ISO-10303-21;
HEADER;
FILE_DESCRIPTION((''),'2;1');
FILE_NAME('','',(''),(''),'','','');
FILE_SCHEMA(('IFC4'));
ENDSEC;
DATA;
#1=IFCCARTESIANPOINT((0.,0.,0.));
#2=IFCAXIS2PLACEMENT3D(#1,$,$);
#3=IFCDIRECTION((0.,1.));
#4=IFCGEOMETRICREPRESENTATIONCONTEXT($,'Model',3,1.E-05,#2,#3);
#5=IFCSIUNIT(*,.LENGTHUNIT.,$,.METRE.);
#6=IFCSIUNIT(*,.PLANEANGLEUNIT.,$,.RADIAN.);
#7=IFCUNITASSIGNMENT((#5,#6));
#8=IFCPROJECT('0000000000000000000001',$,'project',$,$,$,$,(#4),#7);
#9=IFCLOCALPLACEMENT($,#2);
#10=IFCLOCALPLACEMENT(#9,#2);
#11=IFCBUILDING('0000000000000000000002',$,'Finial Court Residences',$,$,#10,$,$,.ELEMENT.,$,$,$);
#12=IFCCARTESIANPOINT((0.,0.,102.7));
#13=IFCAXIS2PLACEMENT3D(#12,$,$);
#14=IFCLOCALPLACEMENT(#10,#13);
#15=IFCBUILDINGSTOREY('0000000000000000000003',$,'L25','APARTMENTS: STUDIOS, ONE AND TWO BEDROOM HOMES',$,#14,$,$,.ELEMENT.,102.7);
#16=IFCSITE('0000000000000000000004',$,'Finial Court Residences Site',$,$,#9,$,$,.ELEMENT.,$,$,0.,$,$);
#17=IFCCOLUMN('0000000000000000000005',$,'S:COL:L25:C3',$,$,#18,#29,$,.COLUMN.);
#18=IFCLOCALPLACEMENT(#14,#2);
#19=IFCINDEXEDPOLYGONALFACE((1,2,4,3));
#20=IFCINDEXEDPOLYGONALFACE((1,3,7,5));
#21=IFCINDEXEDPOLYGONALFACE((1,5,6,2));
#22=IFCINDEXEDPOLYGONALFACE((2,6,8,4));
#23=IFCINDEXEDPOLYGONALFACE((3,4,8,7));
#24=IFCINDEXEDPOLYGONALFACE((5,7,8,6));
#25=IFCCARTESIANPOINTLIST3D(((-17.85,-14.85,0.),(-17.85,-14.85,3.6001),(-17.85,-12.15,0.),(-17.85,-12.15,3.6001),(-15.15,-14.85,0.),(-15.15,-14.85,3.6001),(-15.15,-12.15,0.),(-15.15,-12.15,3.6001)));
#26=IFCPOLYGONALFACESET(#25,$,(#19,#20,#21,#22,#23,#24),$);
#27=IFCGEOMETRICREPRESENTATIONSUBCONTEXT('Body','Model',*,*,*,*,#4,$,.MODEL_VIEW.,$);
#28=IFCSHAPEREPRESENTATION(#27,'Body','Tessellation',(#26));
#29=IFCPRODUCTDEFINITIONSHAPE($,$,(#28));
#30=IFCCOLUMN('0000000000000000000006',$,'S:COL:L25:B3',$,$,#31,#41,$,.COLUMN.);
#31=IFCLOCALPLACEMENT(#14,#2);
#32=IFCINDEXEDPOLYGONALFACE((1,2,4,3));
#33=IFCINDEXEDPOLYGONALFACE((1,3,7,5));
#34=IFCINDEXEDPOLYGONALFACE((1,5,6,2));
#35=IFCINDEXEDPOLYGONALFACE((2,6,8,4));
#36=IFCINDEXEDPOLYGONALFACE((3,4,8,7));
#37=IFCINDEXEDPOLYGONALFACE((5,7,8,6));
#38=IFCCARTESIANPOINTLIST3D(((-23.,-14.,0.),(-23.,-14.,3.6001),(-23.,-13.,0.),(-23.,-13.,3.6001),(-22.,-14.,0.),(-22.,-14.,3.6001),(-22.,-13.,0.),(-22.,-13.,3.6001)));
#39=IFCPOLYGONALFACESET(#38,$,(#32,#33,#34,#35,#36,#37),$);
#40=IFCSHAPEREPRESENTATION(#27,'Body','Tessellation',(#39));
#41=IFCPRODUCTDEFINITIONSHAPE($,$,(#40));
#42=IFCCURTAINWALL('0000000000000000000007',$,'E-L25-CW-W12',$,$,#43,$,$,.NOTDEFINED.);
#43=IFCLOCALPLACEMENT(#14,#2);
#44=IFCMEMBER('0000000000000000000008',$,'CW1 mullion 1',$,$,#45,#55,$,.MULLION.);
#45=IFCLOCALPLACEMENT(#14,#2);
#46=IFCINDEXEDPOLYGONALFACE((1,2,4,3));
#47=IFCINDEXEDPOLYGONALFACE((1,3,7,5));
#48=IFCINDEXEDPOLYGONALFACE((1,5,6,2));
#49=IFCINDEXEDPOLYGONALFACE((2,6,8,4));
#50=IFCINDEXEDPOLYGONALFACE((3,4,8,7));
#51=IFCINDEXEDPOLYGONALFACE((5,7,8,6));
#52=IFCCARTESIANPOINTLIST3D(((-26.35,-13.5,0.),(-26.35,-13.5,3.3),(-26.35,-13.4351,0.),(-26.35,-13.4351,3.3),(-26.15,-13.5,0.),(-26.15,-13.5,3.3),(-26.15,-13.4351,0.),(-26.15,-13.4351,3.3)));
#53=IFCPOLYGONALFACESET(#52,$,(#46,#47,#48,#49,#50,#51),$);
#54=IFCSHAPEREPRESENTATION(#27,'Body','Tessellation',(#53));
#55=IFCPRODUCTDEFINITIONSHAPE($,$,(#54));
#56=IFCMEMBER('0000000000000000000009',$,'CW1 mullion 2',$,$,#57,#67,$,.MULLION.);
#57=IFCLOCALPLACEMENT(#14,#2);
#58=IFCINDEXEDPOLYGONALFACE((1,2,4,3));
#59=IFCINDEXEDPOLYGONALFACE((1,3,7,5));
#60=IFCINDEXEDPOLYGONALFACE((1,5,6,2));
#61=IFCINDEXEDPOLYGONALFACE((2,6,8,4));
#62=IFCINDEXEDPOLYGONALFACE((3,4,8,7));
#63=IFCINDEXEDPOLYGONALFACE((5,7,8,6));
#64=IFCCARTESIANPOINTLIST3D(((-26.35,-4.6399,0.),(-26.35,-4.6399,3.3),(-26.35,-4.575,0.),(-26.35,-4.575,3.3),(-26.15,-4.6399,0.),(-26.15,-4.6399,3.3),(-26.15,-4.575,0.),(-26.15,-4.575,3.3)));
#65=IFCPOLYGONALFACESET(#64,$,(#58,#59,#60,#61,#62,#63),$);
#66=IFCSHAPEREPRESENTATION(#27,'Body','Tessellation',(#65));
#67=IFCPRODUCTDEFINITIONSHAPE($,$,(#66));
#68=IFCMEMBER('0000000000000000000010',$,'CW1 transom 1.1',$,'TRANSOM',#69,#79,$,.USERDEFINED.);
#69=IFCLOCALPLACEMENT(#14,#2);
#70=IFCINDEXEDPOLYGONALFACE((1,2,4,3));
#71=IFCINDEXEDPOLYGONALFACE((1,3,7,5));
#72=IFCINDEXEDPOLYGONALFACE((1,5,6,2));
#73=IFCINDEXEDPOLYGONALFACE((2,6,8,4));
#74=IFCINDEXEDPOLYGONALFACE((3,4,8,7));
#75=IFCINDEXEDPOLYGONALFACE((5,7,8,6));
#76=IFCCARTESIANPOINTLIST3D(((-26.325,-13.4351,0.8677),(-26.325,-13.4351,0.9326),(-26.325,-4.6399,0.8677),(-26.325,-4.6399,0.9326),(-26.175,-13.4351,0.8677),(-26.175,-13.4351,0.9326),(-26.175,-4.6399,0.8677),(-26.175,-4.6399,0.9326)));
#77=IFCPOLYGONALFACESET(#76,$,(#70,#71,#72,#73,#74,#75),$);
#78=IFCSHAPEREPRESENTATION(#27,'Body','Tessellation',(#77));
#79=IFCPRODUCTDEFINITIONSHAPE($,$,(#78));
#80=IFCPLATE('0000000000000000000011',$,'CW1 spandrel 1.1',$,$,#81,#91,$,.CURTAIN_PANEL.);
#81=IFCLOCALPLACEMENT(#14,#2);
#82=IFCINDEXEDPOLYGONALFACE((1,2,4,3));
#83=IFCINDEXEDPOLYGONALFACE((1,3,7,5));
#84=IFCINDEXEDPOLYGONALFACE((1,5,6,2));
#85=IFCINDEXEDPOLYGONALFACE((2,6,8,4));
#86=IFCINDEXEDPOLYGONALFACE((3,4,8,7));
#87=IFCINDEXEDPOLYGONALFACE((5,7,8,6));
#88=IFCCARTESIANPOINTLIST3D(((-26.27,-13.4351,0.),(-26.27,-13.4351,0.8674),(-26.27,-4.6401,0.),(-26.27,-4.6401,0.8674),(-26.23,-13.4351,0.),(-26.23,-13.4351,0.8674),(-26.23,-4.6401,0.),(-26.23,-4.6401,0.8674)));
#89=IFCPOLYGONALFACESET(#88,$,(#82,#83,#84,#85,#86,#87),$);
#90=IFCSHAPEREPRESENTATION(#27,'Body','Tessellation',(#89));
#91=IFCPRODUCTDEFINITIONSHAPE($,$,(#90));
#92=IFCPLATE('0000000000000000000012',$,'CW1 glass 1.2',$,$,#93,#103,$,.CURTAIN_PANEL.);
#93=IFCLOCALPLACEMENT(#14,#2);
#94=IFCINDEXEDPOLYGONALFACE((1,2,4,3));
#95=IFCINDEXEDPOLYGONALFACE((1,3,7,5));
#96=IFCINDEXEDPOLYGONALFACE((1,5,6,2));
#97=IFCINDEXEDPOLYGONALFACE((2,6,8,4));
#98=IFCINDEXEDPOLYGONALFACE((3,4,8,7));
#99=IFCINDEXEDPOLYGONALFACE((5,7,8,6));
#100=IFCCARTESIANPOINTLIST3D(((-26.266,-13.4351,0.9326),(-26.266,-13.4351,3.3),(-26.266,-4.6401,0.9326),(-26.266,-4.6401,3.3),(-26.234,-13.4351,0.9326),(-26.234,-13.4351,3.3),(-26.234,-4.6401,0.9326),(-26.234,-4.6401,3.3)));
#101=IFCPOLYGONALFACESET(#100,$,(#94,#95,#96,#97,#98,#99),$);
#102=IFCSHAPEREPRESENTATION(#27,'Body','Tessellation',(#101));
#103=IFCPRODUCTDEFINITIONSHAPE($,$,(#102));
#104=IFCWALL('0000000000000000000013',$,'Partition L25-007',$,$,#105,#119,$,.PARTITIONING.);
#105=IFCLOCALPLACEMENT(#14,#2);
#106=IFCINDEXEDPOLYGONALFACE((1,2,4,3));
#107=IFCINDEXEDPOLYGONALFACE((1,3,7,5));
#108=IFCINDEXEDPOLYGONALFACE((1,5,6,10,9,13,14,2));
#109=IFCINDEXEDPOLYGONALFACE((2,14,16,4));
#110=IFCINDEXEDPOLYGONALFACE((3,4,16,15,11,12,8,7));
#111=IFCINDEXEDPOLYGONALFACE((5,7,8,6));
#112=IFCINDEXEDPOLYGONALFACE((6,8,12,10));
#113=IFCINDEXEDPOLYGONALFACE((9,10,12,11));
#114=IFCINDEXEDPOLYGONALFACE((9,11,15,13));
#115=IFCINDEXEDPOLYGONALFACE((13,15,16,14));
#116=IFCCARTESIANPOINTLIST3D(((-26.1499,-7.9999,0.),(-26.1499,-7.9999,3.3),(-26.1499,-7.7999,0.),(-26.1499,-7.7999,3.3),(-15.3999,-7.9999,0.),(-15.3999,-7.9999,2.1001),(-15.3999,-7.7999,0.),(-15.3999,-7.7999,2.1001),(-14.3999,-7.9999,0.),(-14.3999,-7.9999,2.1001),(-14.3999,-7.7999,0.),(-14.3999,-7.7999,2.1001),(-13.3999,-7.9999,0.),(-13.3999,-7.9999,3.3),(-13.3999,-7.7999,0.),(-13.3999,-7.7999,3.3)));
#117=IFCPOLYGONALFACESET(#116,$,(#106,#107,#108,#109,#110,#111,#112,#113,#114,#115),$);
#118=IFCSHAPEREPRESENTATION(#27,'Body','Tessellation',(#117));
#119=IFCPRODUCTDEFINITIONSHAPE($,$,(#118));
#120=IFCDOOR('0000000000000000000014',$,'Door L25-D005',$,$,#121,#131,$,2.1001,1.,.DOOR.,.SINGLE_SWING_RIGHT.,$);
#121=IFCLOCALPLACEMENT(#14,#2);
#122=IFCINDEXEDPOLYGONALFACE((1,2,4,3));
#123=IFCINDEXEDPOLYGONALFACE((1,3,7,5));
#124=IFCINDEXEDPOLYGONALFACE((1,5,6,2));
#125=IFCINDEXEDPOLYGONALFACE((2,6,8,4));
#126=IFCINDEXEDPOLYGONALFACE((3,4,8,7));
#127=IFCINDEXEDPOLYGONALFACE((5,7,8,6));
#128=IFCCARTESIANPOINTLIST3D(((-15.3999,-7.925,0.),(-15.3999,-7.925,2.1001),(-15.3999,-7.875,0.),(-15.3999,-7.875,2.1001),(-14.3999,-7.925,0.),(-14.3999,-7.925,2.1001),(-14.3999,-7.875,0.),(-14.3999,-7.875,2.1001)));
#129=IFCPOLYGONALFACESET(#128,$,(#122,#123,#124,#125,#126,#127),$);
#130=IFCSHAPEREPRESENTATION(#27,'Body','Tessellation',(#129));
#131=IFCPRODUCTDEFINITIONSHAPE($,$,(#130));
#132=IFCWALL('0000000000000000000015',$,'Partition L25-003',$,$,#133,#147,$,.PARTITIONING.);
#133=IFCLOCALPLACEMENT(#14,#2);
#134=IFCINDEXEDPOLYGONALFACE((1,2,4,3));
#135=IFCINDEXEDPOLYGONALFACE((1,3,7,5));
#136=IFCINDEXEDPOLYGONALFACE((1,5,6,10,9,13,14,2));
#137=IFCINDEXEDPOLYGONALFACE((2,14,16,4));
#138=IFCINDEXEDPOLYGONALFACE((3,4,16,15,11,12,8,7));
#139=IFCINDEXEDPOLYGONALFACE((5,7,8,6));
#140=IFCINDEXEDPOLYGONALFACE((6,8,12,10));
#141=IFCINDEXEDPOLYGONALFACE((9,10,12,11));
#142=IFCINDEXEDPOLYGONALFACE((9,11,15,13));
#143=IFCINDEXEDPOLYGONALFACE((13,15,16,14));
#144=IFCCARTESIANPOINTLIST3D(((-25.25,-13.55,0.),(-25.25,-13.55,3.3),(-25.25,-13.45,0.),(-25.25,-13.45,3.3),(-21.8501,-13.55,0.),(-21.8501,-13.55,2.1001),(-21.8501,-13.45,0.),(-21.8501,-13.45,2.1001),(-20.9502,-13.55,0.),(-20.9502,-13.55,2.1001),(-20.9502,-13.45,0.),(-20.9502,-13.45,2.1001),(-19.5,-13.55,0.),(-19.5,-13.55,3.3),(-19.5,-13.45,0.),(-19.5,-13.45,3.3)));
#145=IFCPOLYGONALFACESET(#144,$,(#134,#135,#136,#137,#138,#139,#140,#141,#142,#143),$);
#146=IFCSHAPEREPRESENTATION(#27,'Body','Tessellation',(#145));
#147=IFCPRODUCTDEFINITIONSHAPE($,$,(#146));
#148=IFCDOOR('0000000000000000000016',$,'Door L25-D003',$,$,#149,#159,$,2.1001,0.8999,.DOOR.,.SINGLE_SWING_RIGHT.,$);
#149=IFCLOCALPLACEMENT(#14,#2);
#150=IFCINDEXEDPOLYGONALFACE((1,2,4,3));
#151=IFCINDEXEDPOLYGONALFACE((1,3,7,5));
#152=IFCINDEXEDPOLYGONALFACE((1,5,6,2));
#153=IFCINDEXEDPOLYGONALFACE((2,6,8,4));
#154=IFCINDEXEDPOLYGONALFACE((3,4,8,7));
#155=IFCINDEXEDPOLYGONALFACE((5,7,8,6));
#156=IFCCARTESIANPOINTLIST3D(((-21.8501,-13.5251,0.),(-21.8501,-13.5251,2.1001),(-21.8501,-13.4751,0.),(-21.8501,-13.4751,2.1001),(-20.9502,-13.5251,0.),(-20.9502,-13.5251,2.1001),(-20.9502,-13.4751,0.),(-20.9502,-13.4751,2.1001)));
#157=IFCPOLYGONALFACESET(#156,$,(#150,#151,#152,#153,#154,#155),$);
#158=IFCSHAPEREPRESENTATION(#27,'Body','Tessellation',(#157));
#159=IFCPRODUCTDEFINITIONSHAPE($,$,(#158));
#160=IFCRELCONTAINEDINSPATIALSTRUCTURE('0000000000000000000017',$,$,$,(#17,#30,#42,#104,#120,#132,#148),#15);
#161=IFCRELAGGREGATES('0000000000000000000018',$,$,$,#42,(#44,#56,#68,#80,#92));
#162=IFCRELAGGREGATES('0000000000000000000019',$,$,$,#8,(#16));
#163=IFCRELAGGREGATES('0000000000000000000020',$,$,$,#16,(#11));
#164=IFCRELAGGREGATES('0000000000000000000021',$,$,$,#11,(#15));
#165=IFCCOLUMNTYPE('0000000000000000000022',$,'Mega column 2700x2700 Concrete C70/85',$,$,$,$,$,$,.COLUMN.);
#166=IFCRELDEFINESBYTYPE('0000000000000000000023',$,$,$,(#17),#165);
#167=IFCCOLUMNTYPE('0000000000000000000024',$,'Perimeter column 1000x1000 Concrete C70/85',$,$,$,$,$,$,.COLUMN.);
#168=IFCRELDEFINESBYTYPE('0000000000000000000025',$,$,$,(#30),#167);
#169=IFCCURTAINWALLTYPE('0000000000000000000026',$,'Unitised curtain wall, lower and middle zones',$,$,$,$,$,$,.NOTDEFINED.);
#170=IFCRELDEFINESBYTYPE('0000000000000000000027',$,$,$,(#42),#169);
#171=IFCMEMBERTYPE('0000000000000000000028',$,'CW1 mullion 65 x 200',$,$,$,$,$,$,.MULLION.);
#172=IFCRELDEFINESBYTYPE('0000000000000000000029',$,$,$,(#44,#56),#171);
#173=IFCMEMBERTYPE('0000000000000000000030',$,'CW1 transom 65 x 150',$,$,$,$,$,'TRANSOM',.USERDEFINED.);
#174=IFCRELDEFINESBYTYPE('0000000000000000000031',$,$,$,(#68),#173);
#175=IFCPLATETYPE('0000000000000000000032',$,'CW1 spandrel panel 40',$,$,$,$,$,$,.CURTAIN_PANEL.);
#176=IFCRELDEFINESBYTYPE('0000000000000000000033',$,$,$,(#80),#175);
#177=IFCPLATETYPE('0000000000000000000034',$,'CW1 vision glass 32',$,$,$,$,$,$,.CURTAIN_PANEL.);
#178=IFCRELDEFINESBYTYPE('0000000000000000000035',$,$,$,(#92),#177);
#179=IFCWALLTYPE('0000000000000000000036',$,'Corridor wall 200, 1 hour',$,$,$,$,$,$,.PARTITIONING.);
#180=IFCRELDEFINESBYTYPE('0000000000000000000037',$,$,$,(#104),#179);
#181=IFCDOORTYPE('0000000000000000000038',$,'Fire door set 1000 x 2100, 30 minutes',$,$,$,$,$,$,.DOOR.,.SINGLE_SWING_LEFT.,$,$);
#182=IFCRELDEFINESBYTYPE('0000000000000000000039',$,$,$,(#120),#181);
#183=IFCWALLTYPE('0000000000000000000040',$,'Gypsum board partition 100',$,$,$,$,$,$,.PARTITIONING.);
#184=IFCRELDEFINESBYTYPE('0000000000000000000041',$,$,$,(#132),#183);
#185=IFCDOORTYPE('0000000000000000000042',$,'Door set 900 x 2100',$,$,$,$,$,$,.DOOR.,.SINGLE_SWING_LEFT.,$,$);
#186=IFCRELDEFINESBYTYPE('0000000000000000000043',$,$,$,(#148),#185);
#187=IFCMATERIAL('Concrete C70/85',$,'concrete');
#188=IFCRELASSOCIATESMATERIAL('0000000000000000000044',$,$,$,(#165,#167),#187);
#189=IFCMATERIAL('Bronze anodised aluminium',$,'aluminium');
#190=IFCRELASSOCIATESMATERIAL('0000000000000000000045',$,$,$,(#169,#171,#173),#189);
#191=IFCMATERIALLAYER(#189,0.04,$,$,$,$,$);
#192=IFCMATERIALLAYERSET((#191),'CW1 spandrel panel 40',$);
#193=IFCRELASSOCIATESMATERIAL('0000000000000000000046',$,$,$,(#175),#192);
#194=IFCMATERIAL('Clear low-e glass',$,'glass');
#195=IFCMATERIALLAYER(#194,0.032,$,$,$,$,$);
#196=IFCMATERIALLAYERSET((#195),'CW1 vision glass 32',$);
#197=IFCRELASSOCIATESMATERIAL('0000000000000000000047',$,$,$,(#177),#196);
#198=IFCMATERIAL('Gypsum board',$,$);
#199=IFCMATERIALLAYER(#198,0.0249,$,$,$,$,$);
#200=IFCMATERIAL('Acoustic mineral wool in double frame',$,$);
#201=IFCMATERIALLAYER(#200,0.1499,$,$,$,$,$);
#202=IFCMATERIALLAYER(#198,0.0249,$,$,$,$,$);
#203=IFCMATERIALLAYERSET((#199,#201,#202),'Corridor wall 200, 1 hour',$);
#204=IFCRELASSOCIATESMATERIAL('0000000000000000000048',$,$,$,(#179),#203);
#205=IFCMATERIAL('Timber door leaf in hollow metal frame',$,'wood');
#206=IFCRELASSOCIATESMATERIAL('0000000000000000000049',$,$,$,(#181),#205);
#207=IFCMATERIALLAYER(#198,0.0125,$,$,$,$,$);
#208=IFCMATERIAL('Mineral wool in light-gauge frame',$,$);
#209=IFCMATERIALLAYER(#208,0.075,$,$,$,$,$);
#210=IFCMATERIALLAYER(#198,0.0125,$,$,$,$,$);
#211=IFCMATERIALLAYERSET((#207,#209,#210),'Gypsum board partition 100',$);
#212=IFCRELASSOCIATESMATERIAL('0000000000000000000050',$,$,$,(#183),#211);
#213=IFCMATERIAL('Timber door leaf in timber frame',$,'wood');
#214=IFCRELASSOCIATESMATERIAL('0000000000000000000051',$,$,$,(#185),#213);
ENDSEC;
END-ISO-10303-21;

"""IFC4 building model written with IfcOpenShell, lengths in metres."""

from ifc_helpers import new_model, si_unit, direction, frame, frame_2d, origin, origin_2d, place, context, subcontext, project, spatial, rectangle, extrude, material, layer, layer_set, material_profile, profile_set, type_object, element, fill, aggregate, save


model = new_model("IFC4")

# Units and contexts
model_context = context("Model", 3, precision=1e-05, world=origin(), true_north=direction((0.0, 1.0)))
body_context = subcontext(model_context, "Body", "Model", "MODEL_VIEW")
ifc_project = project(units=[si_unit("LENGTHUNIT", "METRE"), si_unit("PLANEANGLEUNIT", "RADIAN")], contexts=[model_context])

# Site, building, storey
site_placement = place(None, origin())
site = spatial("IfcSite", under=ifc_project, at=site_placement, Name="Finial Court Residences Site", CompositionType="ELEMENT", RefElevation=0.0)
building_placement = place(site_placement, origin())
building = spatial("IfcBuilding", under=site, at=building_placement, Name="Finial Court Residences", CompositionType="ELEMENT")
storey_placement = place(building_placement, frame((0.0, 0.0, 102.7)))
storey = spatial("IfcBuildingStorey", under=building, at=storey_placement, Name="L25", Description="APARTMENTS: STUDIOS, ONE AND TWO BEDROOM HOMES", CompositionType="ELEMENT", Elevation=102.7)

# Columns
ifc_material_1 = material(Name="Concrete C70/85", Category="concrete")
ifc_material_profile_1 = material_profile(ifc_material_1, rectangle(XDim=2.7, YDim=2.7, at=origin_2d()), Name="2700x2700")
ifc_profile_set_1 = profile_set([ifc_material_profile_1], Name="Concrete C70/85")
column_type_1 = type_object("IfcColumnType", Name="Mega column 2700x2700 Concrete C70/85", PredefinedType="COLUMN", material=ifc_profile_set_1)
column_1_placement = place(storey_placement, frame((-16.5, -13.5, 0.0), z_axis=(0.0, 0.0, 1.0), x_axis=(1.0, 0.0, 0.0)))
element("IfcColumn", 1, at=column_1_placement, inside=storey, type_object=column_type_1, Name="S:COL:L25:C3", PredefinedType="COLUMN", context=body_context, shape_type="SweptSolid", body=[
    extrude(rectangle(XDim=2.7, YDim=2.7, at=origin_2d()), origin(), (0.0, 0.0, 1.0), 3.6001),
])
ifc_material_profile_2 = material_profile(ifc_material_1, rectangle(XDim=1.0, YDim=1.0, at=origin_2d()), Name="1000x1000")
ifc_profile_set_2 = profile_set([ifc_material_profile_2], Name="Concrete C70/85")
column_type_2 = type_object("IfcColumnType", Name="Perimeter column 1000x1000 Concrete C70/85", PredefinedType="COLUMN", material=ifc_profile_set_2)
column_2_placement = place(storey_placement, frame((-22.5, -13.5, 0.0), z_axis=(0.0, 0.0, 1.0), x_axis=(1.0, 0.0, 0.0)))
element("IfcColumn", 2, at=column_2_placement, inside=storey, type_object=column_type_2, Name="S:COL:L25:B3", PredefinedType="COLUMN", context=body_context, shape_type="SweptSolid", body=[
    extrude(rectangle(XDim=1.0, YDim=1.0, at=origin_2d()), origin(), (0.0, 0.0, 1.0), 3.6001),
])

# Curtain wall, members, plates
ifc_material_2 = material(Name="Bronze anodised aluminium", Category="aluminium")
curtain_wall_type = type_object("IfcCurtainWallType", Name="Unitised curtain wall, lower and middle zones", PredefinedType="NOTDEFINED", material=ifc_material_2)
curtain_wall_placement = place(storey_placement, origin())
curtain_wall = element("IfcCurtainWall", 3, at=curtain_wall_placement, inside=storey, type_object=curtain_wall_type, Name="E-L25-CW-W12", PredefinedType="NOTDEFINED")
ifc_material_profile_3 = material_profile(ifc_material_2, rectangle(XDim=0.2, YDim=0.0649, at=origin_2d()), Name="CW1 mullion 65 x 200")
ifc_profile_set_3 = profile_set([ifc_material_profile_3], Name="Bronze anodised aluminium")
member_type_1 = type_object("IfcMemberType", Name="CW1 mullion 65 x 200", PredefinedType="MULLION", material=ifc_profile_set_3)
member_1_placement = place(storey_placement, frame((-26.25, -13.4675, 0.0), z_axis=(0.0, 0.0, 1.0), x_axis=(-1.0, 0.0, 0.0)))
member_1 = element("IfcMember", 4, at=member_1_placement, type_object=member_type_1, Name="CW1 mullion 1", PredefinedType="MULLION", context=body_context, shape_type="SweptSolid", body=[
    extrude(rectangle(XDim=0.2, YDim=0.0649, at=origin_2d()), origin(), (0.0, 0.0, 1.0), 3.3),
])
member_2_placement = place(storey_placement, frame((-26.25, -4.6074, 0.0), z_axis=(0.0, 0.0, 1.0), x_axis=(-1.0, 0.0, 0.0)))
member_2 = element("IfcMember", 5, at=member_2_placement, type_object=member_type_1, Name="CW1 mullion 2", PredefinedType="MULLION", context=body_context, shape_type="SweptSolid", body=[
    extrude(rectangle(XDim=0.2, YDim=0.0649, at=origin_2d()), origin(), (0.0, 0.0, 1.0), 3.3),
])
ifc_material_profile_4 = material_profile(ifc_material_2, rectangle(XDim=0.1499, YDim=0.0649, at=origin_2d()), Name="CW1 transom 65 x 150")
ifc_profile_set_4 = profile_set([ifc_material_profile_4], Name="Bronze anodised aluminium")
member_type_2 = type_object("IfcMemberType", Name="CW1 transom 65 x 150", ElementType="TRANSOM", PredefinedType="USERDEFINED", material=ifc_profile_set_4)
member_3_placement = place(storey_placement, frame((-26.25, -13.4351, 0.9001), z_axis=(0.0, 1.0, 0.0), x_axis=(-1.0, 0.0, 0.0)))
member_3 = element("IfcMember", 6, at=member_3_placement, type_object=member_type_2, Name="CW1 transom 1.1", ObjectType="TRANSOM", PredefinedType="USERDEFINED", context=body_context, shape_type="SweptSolid", body=[
    extrude(rectangle(XDim=0.1499, YDim=0.0649, at=origin_2d()), origin(), (0.0, 0.0, 1.0), 8.7952),
])
ifc_layer_1 = layer(ifc_material_2, 0.04)
ifc_layer_set_1 = layer_set([ifc_layer_1], Name="CW1 spandrel panel 40")
plate_type_1 = type_object("IfcPlateType", Name="CW1 spandrel panel 40", PredefinedType="CURTAIN_PANEL", material=ifc_layer_set_1)
plate_1_placement = place(storey_placement, frame((-26.25, -9.0376, 0.0), z_axis=(0.0, 0.0, 1.0), x_axis=(0.0, 1.0, 0.0)))
plate_1 = element("IfcPlate", 7, at=plate_1_placement, type_object=plate_type_1, Name="CW1 spandrel 1.1", PredefinedType="CURTAIN_PANEL", context=body_context, shape_type="SweptSolid", body=[
    extrude(rectangle(XDim=8.7949, YDim=0.04, at=origin_2d()), origin(), (0.0, 0.0, 1.0), 0.8674),
])
ifc_material_3 = material(Name="Clear low-e glass", Category="glass")
ifc_layer_2 = layer(ifc_material_3, 0.032)
ifc_layer_set_2 = layer_set([ifc_layer_2], Name="CW1 vision glass 32")
plate_type_2 = type_object("IfcPlateType", Name="CW1 vision glass 32", PredefinedType="CURTAIN_PANEL", material=ifc_layer_set_2)
plate_2_placement = place(storey_placement, frame((-26.25, -9.0376, 0.9326), z_axis=(0.0, 0.0, 1.0), x_axis=(0.0, 1.0, 0.0)))
plate_2 = element("IfcPlate", 8, at=plate_2_placement, type_object=plate_type_2, Name="CW1 glass 1.2", PredefinedType="CURTAIN_PANEL", context=body_context, shape_type="SweptSolid", body=[
    extrude(rectangle(XDim=8.7949, YDim=0.032, at=origin_2d()), origin(), (0.0, 0.0, 1.0), 2.3674),
])
aggregate(curtain_wall, [member_1, member_2, member_3, plate_1, plate_2])

# Walls, openings, doors
ifc_material_4 = material(Name="Gypsum board")
ifc_layer_3 = layer(ifc_material_4, 0.0249)
ifc_material_5 = material(Name="Acoustic mineral wool in double frame")
ifc_layer_4 = layer(ifc_material_5, 0.1499)
ifc_layer_5 = layer(ifc_material_4, 0.0249)
ifc_layer_set_3 = layer_set([ifc_layer_3, ifc_layer_4, ifc_layer_5], Name="Corridor wall 200, 1 hour")
wall_type_1 = type_object("IfcWallType", Name="Corridor wall 200, 1 hour", PredefinedType="PARTITIONING", material=ifc_layer_set_3)
wall_1_placement = place(storey_placement, frame((-26.1499, -7.8999, 0.0), z_axis=(0.0, 0.0, 1.0), x_axis=(1.0, 0.0, 0.0)))
wall_1 = element("IfcWall", 9, at=wall_1_placement, inside=storey, type_object=wall_type_1, Name="Partition L25-007", PredefinedType="PARTITIONING", context=body_context, shape_type="SweptSolid", body=[
    extrude(rectangle(XDim=12.75, YDim=0.2, at=frame_2d((6.375, 0.0))), origin(), (0.0, 0.0, 1.0), 3.3),
])
opening_1_placement = place(wall_1_placement, frame((10.75, 0.0, 0.0)))
opening_1 = element("IfcOpeningElement", 10, at=opening_1_placement, cuts=wall_1, PredefinedType="OPENING", context=body_context, shape_type="SweptSolid", body=[
    extrude(rectangle(XDim=1.0, YDim=2.1001, at=frame_2d((0.5, 1.05))), frame((0.0, 0.1099, 0.0), z_axis=(0.0, -1.0, 0.0), x_axis=(1.0, 0.0, 0.0)), (0.0, 0.0, 1.0), 0.22),
])
ifc_material_6 = material(Name="Timber door leaf in hollow metal frame", Category="wood")
door_type_1 = type_object("IfcDoorType", Name="Fire door set 1000 x 2100, 30 minutes", OperationType="SINGLE_SWING_LEFT", PredefinedType="DOOR", material=ifc_material_6)
door_1_placement = place(opening_1_placement, origin())
door_1 = element("IfcDoor", 11, at=door_1_placement, inside=storey, type_object=door_type_1, Name="Door L25-D005", OperationType="SINGLE_SWING_RIGHT", OverallHeight=2.1001, OverallWidth=1.0, PredefinedType="DOOR", context=body_context, shape_type="SweptSolid", body=[
    extrude(rectangle(XDim=1.0, YDim=2.1001, at=frame_2d((0.5, 1.05))), frame((0.0, 0.0249, 0.0), z_axis=(0.0, -1.0, 0.0), x_axis=(1.0, 0.0, 0.0)), (0.0, 0.0, 1.0), 0.05),
])
fill(opening_1, door_1)
ifc_layer_6 = layer(ifc_material_4, 0.0125)
ifc_material_7 = material(Name="Mineral wool in light-gauge frame")
ifc_layer_7 = layer(ifc_material_7, 0.075)
ifc_layer_8 = layer(ifc_material_4, 0.0125)
ifc_layer_set_4 = layer_set([ifc_layer_6, ifc_layer_7, ifc_layer_8], Name="Gypsum board partition 100")
wall_type_2 = type_object("IfcWallType", Name="Gypsum board partition 100", PredefinedType="PARTITIONING", material=ifc_layer_set_4)
wall_2_placement = place(storey_placement, frame((-25.25, -13.5, 0.0), z_axis=(0.0, 0.0, 1.0), x_axis=(1.0, 0.0, 0.0)))
wall_2 = element("IfcWall", 12, at=wall_2_placement, inside=storey, type_object=wall_type_2, Name="Partition L25-003", PredefinedType="PARTITIONING", context=body_context, shape_type="SweptSolid", body=[
    extrude(rectangle(XDim=5.75, YDim=0.1001, at=frame_2d((2.875, 0.0))), origin(), (0.0, 0.0, 1.0), 3.3),
])
opening_2_placement = place(wall_2_placement, frame((3.3999, 0.0, 0.0)))
opening_2 = element("IfcOpeningElement", 13, at=opening_2_placement, cuts=wall_2, PredefinedType="OPENING", context=body_context, shape_type="SweptSolid", body=[
    extrude(rectangle(XDim=0.8999, YDim=2.1001, at=frame_2d((0.45, 1.05))), frame((0.0, 0.0601, 0.0), z_axis=(0.0, -1.0, 0.0), x_axis=(1.0, 0.0, 0.0)), (0.0, 0.0, 1.0), 0.1201),
])
ifc_material_8 = material(Name="Timber door leaf in timber frame", Category="wood")
door_type_2 = type_object("IfcDoorType", Name="Door set 900 x 2100", OperationType="SINGLE_SWING_LEFT", PredefinedType="DOOR", material=ifc_material_8)
door_2_placement = place(opening_2_placement, origin())
door_2 = element("IfcDoor", 14, at=door_2_placement, inside=storey, type_object=door_type_2, Name="Door L25-D003", OperationType="SINGLE_SWING_RIGHT", OverallHeight=2.1001, OverallWidth=0.8999, PredefinedType="DOOR", context=body_context, shape_type="SweptSolid", body=[
    extrude(rectangle(XDim=0.8999, YDim=2.1001, at=frame_2d((0.45, 1.05))), frame((0.0, 0.0249, 0.0), z_axis=(0.0, -1.0, 0.0), x_axis=(1.0, 0.0, 0.0)), (0.0, 0.0, 1.0), 0.05),
])
fill(opening_2, door_2)

save(model, "model.ifc")
